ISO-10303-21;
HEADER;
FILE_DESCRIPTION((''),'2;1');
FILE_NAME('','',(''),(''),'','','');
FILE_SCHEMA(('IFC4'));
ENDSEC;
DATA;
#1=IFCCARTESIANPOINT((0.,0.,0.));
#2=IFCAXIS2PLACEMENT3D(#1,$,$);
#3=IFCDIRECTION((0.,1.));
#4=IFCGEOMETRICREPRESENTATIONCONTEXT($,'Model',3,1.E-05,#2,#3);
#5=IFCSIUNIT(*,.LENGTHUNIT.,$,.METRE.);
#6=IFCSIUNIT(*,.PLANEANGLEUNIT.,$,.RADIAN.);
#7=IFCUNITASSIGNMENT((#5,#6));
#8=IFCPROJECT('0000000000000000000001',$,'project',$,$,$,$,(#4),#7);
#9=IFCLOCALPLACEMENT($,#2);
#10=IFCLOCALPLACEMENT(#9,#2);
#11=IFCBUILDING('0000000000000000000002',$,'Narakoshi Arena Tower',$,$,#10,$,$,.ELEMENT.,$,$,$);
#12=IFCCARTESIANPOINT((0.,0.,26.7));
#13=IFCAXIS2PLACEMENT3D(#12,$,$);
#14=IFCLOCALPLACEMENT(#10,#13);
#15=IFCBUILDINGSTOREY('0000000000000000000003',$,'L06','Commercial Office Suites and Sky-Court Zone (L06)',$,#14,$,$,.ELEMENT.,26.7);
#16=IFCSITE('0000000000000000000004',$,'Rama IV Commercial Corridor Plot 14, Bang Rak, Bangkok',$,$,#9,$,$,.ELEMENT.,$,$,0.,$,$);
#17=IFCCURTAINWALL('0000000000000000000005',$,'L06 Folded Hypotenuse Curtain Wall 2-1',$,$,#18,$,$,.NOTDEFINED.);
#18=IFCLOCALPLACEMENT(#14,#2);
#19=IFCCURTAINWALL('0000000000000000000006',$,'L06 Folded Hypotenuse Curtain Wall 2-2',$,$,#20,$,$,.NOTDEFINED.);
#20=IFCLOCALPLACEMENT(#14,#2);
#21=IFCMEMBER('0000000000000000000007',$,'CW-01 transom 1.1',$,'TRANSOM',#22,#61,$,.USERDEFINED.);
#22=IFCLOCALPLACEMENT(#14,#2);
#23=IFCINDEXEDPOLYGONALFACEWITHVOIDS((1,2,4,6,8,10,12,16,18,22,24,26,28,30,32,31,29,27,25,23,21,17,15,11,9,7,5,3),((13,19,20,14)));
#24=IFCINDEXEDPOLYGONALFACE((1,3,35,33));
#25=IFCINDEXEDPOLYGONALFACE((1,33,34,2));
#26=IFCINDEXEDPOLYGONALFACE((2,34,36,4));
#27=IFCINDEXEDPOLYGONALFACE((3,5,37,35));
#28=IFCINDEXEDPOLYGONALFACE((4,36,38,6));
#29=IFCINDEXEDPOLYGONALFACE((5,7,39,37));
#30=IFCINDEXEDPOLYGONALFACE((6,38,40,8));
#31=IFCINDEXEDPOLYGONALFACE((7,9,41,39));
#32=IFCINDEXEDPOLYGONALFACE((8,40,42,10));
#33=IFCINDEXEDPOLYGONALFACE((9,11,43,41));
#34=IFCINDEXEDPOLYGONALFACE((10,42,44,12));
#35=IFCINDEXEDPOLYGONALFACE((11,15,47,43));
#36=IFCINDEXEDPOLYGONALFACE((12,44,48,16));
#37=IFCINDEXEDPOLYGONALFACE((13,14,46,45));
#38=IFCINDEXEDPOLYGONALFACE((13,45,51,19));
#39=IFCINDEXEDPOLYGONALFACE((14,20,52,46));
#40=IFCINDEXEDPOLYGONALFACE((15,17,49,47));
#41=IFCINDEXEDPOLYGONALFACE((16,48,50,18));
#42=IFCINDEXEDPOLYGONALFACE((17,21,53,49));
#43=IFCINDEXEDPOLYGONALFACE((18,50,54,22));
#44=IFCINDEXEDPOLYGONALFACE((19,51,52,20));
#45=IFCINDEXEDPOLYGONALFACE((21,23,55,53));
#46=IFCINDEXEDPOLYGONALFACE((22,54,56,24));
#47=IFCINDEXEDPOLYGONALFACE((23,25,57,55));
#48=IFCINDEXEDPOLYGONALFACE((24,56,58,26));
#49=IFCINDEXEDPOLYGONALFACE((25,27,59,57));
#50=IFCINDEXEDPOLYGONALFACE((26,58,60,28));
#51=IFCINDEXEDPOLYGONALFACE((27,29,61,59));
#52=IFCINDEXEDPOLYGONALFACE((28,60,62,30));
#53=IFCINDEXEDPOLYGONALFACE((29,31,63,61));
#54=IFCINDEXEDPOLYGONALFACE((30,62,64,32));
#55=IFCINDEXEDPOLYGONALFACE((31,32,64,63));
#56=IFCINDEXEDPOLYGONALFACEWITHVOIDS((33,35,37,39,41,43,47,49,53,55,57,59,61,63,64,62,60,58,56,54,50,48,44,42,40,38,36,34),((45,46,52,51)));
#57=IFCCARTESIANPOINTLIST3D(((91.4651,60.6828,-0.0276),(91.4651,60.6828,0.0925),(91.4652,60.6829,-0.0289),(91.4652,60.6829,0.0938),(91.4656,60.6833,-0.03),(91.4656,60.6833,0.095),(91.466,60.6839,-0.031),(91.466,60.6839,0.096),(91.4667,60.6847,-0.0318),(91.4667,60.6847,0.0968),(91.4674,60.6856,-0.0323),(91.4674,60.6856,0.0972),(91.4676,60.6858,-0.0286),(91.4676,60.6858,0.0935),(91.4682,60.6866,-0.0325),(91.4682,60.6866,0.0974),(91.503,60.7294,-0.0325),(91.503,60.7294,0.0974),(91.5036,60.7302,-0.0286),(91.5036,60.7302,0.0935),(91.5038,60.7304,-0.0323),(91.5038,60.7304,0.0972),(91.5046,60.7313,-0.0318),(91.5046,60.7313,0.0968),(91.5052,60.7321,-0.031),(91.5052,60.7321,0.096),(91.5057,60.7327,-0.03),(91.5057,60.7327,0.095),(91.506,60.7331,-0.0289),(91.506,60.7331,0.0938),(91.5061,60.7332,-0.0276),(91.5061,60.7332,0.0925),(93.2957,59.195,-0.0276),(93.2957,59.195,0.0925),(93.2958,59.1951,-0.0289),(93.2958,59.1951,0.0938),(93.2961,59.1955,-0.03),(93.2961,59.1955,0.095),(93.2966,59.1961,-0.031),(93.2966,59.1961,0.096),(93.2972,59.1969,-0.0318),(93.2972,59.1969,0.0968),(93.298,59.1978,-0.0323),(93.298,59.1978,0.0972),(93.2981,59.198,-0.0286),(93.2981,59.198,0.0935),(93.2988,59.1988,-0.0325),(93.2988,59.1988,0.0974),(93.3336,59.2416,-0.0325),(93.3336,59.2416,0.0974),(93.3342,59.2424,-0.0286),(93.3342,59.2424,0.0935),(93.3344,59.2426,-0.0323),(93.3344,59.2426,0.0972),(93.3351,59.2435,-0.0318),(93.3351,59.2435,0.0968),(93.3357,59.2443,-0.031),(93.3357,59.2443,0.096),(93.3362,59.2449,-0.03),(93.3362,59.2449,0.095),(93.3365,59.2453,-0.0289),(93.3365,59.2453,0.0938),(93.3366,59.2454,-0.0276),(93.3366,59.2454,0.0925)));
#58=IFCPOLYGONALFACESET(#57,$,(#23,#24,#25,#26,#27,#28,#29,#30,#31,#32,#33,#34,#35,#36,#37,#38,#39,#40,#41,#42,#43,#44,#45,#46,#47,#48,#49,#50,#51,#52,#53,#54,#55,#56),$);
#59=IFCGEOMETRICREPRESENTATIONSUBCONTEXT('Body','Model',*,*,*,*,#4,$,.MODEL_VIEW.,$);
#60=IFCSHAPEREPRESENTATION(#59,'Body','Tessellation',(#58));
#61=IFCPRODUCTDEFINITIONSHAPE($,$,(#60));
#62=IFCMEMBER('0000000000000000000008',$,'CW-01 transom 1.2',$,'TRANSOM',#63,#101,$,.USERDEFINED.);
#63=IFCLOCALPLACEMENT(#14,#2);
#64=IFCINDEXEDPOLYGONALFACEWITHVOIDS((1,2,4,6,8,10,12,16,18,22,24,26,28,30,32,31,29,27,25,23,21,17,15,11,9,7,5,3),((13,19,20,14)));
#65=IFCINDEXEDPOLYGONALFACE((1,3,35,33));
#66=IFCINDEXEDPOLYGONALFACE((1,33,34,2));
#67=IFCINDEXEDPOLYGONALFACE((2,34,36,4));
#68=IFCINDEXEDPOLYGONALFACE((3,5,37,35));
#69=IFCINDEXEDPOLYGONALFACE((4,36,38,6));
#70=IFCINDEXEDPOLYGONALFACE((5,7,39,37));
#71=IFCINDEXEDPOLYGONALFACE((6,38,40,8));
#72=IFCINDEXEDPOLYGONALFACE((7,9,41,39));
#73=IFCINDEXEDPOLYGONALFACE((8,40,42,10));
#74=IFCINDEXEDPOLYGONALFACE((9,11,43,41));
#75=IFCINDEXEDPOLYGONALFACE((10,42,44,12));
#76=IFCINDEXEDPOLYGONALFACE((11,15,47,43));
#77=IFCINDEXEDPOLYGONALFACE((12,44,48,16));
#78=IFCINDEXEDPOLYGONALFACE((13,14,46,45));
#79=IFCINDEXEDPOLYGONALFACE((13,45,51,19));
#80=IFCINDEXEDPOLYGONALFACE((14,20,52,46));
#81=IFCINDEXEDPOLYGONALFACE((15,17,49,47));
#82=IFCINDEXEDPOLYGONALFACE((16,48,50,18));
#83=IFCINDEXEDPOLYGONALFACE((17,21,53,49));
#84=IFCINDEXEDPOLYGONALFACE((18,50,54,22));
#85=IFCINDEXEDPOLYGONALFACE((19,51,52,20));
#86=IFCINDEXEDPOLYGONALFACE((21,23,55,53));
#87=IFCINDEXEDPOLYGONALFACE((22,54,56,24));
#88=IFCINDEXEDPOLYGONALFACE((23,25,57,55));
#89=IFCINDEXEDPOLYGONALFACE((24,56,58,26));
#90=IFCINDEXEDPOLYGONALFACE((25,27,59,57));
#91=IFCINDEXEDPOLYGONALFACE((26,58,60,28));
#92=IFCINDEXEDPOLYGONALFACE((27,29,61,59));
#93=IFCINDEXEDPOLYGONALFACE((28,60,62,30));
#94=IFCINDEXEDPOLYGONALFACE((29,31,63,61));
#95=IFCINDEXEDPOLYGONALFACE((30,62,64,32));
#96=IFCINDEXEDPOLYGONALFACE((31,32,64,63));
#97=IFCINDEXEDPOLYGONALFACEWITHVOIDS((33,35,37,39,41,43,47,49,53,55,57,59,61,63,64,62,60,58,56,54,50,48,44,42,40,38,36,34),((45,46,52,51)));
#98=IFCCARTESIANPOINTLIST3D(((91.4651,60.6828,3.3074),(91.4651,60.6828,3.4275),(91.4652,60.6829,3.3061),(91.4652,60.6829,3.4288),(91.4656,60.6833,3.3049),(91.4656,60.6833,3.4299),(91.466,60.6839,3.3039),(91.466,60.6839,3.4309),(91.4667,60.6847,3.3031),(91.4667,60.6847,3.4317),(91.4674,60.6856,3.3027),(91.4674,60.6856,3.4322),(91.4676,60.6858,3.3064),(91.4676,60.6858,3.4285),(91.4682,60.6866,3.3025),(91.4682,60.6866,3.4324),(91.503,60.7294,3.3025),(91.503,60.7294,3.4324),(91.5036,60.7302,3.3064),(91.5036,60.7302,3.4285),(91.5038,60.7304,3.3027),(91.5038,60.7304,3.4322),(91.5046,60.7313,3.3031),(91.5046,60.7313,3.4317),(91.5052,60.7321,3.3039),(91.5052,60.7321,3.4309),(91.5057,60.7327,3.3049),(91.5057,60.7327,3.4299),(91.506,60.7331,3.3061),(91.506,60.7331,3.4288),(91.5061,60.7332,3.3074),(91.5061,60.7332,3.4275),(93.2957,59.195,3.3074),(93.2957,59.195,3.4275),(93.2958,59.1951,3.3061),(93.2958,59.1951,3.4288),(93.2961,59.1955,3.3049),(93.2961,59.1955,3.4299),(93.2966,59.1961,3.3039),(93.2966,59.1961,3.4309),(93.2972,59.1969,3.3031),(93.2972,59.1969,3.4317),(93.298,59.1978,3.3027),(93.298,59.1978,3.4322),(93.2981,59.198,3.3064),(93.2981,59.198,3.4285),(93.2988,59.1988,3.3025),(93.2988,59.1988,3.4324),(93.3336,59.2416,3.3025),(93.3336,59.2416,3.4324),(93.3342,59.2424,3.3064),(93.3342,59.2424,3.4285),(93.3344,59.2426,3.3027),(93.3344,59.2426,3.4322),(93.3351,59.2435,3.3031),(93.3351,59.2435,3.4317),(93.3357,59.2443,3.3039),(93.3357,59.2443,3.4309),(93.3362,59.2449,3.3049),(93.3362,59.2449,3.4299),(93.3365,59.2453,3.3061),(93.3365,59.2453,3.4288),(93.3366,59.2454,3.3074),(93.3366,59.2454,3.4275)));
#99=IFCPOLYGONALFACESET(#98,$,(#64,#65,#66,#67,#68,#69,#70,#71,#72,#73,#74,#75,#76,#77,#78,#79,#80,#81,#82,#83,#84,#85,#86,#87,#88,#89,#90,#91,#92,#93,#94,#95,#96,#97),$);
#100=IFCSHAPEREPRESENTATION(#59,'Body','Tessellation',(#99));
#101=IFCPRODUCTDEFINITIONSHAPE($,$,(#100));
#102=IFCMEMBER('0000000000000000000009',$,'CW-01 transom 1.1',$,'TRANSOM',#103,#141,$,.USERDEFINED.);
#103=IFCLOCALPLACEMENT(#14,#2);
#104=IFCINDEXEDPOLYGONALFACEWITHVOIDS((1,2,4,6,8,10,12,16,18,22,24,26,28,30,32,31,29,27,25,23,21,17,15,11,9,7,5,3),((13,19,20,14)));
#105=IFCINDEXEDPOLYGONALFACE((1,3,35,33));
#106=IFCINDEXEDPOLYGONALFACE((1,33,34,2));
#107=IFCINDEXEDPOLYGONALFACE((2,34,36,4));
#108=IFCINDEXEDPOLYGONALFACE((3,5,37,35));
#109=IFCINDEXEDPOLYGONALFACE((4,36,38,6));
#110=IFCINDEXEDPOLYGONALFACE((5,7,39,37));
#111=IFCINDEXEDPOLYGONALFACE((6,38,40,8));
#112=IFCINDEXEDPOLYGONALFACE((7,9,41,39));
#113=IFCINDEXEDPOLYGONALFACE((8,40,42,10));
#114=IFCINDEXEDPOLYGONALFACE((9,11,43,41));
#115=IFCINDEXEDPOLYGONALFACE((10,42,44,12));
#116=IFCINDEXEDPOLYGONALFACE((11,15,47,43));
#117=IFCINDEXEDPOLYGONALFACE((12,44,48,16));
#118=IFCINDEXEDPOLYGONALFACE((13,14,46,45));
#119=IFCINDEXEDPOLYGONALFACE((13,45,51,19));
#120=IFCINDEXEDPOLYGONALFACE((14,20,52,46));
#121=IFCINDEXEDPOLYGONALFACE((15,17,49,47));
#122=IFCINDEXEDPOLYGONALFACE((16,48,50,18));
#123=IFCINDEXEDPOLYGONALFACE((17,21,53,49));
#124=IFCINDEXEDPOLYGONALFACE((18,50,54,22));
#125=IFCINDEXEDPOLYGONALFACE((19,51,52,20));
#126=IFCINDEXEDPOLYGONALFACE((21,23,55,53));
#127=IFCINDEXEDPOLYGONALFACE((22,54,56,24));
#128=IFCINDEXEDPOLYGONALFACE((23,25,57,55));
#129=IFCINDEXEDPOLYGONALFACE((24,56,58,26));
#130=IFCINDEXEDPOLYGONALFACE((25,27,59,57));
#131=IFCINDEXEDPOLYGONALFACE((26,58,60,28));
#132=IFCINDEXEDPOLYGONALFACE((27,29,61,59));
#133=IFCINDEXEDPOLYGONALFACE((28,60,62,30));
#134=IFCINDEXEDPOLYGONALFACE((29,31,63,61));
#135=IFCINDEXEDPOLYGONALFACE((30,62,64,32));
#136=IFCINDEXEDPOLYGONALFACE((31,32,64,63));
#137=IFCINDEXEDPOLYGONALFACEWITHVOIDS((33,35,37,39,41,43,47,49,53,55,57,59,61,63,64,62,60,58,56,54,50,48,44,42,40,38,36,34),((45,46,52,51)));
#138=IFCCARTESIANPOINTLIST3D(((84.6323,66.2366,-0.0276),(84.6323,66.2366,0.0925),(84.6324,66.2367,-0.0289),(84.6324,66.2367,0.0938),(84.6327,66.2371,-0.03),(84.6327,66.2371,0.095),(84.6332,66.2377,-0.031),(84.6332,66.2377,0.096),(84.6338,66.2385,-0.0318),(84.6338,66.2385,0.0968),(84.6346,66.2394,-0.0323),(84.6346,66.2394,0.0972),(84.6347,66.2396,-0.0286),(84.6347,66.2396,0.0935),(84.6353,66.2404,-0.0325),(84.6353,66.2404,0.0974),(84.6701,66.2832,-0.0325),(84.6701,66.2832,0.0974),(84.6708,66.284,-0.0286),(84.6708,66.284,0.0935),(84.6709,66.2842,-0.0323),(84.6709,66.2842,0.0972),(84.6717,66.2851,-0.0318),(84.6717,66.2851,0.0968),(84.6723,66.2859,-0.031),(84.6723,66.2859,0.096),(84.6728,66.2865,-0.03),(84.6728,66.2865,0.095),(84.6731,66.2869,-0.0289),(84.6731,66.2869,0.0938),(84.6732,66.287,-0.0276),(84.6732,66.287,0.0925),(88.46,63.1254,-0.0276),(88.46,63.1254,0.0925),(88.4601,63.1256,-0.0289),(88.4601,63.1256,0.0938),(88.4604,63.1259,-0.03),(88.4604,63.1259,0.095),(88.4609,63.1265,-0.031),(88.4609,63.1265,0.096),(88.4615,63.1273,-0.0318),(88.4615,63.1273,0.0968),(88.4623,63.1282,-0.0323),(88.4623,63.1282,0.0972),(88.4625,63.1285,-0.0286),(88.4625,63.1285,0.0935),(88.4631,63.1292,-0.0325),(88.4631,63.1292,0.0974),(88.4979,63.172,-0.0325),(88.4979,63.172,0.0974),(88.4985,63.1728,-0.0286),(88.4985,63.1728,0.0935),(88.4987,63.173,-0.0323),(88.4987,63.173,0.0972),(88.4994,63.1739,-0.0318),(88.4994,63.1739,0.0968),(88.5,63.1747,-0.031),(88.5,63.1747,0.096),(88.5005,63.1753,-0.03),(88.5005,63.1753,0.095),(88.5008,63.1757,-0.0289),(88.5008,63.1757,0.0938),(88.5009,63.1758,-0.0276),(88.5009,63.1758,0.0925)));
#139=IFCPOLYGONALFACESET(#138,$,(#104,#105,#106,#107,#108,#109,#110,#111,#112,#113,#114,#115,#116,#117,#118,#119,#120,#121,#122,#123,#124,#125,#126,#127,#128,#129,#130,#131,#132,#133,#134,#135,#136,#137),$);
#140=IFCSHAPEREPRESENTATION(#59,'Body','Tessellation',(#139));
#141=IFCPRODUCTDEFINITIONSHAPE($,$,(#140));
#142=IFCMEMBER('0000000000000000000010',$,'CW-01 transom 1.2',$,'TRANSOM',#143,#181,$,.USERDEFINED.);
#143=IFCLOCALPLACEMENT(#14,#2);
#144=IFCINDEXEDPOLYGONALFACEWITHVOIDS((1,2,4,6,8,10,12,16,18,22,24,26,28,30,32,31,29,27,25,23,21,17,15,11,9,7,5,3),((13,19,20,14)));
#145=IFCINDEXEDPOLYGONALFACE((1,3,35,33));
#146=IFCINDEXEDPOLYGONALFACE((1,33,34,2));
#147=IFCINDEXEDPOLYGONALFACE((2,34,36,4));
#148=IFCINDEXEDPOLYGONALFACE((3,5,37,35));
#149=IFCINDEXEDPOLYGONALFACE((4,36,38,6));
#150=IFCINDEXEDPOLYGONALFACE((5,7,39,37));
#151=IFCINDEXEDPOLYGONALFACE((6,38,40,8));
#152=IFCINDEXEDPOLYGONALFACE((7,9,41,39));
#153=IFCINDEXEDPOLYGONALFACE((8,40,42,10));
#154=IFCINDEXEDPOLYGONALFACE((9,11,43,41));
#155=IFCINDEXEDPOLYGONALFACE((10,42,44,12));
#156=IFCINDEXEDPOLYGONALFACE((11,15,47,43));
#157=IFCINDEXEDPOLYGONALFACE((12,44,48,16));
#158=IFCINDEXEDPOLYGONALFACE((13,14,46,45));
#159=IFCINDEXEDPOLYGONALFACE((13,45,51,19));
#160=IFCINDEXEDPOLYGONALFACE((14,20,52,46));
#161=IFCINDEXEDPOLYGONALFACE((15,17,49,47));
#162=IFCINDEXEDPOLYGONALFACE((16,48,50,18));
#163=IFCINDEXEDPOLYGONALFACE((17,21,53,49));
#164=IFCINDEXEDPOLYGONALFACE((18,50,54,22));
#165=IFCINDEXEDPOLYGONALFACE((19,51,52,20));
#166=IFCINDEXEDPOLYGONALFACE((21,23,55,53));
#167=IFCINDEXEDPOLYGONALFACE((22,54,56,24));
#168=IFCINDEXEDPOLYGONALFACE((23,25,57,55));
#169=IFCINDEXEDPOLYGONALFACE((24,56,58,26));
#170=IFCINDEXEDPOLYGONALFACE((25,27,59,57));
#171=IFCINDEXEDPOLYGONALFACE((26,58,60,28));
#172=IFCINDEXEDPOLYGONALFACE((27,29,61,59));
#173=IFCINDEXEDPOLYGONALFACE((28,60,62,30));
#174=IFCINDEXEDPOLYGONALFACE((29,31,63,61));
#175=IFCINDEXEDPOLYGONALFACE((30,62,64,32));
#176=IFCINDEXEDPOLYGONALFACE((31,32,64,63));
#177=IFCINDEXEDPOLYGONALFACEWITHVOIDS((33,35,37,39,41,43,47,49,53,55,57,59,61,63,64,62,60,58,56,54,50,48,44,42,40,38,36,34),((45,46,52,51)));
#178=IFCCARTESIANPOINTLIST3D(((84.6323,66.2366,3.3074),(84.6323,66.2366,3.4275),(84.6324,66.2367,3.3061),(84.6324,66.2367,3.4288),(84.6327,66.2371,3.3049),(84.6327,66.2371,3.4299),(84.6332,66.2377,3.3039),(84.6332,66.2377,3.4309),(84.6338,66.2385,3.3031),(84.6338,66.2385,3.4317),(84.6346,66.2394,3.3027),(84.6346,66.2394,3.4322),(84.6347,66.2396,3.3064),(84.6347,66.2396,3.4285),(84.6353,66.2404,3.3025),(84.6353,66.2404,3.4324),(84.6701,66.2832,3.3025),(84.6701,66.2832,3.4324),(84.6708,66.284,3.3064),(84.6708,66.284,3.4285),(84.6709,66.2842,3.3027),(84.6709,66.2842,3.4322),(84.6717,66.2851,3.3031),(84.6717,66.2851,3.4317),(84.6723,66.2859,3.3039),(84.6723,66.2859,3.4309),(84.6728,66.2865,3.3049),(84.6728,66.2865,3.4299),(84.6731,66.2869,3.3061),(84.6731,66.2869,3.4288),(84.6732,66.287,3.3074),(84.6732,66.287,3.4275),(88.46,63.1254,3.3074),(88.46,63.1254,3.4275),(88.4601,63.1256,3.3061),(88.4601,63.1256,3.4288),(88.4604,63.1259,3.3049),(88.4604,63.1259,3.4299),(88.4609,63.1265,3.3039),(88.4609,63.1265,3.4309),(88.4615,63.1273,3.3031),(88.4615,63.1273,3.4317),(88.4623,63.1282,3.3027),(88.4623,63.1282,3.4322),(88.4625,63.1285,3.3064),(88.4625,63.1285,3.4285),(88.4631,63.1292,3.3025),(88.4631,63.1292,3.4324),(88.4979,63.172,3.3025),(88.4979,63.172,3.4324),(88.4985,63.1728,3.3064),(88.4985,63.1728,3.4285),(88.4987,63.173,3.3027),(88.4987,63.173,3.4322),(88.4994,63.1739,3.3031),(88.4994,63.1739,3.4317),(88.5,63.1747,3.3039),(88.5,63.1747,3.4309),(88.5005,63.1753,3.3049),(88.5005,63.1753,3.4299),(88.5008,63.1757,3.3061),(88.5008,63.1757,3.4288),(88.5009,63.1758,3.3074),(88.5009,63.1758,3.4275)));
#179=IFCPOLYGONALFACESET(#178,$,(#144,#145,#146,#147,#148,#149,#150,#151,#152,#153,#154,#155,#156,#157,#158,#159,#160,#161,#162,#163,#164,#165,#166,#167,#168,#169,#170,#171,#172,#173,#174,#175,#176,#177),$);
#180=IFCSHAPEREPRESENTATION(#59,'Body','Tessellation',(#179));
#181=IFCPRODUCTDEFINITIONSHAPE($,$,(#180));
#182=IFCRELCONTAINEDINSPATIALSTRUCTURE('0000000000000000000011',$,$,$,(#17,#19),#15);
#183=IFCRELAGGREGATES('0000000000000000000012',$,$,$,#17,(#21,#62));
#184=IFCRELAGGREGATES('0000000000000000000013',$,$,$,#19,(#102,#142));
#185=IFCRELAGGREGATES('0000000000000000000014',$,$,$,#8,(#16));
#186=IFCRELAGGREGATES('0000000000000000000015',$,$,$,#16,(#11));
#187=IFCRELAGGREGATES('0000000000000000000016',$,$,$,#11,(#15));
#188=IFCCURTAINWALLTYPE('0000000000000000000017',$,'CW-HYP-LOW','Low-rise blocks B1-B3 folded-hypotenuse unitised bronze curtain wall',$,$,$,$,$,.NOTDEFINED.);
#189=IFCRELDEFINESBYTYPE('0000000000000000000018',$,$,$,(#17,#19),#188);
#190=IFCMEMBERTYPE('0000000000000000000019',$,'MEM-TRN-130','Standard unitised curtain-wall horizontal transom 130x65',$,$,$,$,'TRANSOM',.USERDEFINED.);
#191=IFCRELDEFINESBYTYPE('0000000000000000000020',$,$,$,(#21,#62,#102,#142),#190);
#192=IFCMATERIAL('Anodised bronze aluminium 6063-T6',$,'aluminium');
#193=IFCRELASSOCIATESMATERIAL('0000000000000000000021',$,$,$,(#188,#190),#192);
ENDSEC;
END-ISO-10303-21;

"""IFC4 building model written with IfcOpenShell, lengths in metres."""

from ifc_helpers import new_model, si_unit, direction, frame, origin, origin_2d, place, context, subcontext, project, spatial, hollow_rectangle, extrude, material, material_profile, profile_set, type_object, element, aggregate, save


model = new_model("IFC4")

# Units and contexts
model_context = context("Model", 3, precision=1e-05, world=origin(), true_north=direction((0.0, 1.0)))
body_context = subcontext(model_context, "Body", "Model", "MODEL_VIEW")
ifc_project = project(units=[si_unit("LENGTHUNIT", "METRE"), si_unit("PLANEANGLEUNIT", "RADIAN")], contexts=[model_context])

# Site, building, storey
site_placement = place(None, origin())
site = spatial("IfcSite", under=ifc_project, at=site_placement, Name="Rama IV Commercial Corridor Plot 14, Bang Rak, Bangkok", CompositionType="ELEMENT", RefElevation=0.0)
building_placement = place(site_placement, origin())
building = spatial("IfcBuilding", under=site, at=building_placement, Name="Narakoshi Arena Tower", CompositionType="ELEMENT")
storey_placement = place(building_placement, frame((0.0, 0.0, 26.7)))
storey = spatial("IfcBuildingStorey", under=building, at=storey_placement, Name="L06", Description="Commercial Office Suites and Sky-Court Zone (L06)", CompositionType="ELEMENT", Elevation=26.7)

# Curtain walls
ifc_material_1 = material(Name="Anodised bronze aluminium 6063-T6", Category="aluminium")
curtain_wall_type = type_object("IfcCurtainWallType", Name="CW-HYP-LOW", Description="Low-rise blocks B1-B3 folded-hypotenuse unitised bronze curtain wall", PredefinedType="NOTDEFINED", material=ifc_material_1)
curtain_wall_1_placement = place(storey_placement, origin())
curtain_wall_1 = element("IfcCurtainWall", 1, at=curtain_wall_1_placement, inside=storey, type_object=curtain_wall_type, Name="L06 Folded Hypotenuse Curtain Wall 2-1", PredefinedType="NOTDEFINED")
curtain_wall_2_placement = place(storey_placement, origin())
curtain_wall_2 = element("IfcCurtainWall", 2, at=curtain_wall_2_placement, inside=storey, type_object=curtain_wall_type, Name="L06 Folded Hypotenuse Curtain Wall 2-2", PredefinedType="NOTDEFINED")

# Members
ifc_material_profile_1 = material_profile(ifc_material_1, hollow_rectangle(XDim=0.0649, YDim=0.1299, WallThickness=0.0039, OuterFilletRadius=0.0049, at=origin_2d()), Name="TRN130x65x4")
ifc_profile_set_1 = profile_set([ifc_material_profile_1], Name="Anodised bronze aluminium 6063-T6")
member_type_1 = type_object("IfcMemberType", Name="MEM-TRN-130", Description="Standard unitised curtain-wall horizontal transom 130x65", ElementType="TRANSOM", PredefinedType="USERDEFINED", material=ifc_profile_set_1)
member_1_placement = place(storey_placement, frame((93.3162, 59.2202, 0.0325), z_axis=(-0.776019, 0.63071, 0.0), x_axis=(-0.63071, -0.776019, 0.0)))
member_1 = element("IfcMember", 3, at=member_1_placement, type_object=member_type_1, Name="CW-01 transom 1.1", ObjectType="TRANSOM", PredefinedType="USERDEFINED", context=body_context, shape_type="SweptSolid", body=[
    extrude(hollow_rectangle(XDim=0.0649, YDim=0.1299, WallThickness=0.0039, OuterFilletRadius=0.0049, at=origin_2d()), origin(), (0.0, 0.0, 1.0), 2.3589),
])
member_2_placement = place(storey_placement, frame((93.3162, 59.2202, 3.3674), z_axis=(-0.776019, 0.63071, 0.0), x_axis=(-0.63071, -0.776019, 0.0)))
member_2 = element("IfcMember", 4, at=member_2_placement, type_object=member_type_1, Name="CW-01 transom 1.2", ObjectType="TRANSOM", PredefinedType="USERDEFINED", context=body_context, shape_type="SweptSolid", body=[
    extrude(hollow_rectangle(XDim=0.0649, YDim=0.1299, WallThickness=0.0039, OuterFilletRadius=0.0049, at=origin_2d()), origin(), (0.0, 0.0, 1.0), 2.3589),
])
member_3_placement = place(storey_placement, frame((88.4805, 63.1506, 0.0325), z_axis=(-0.776002, 0.630731, 0.0), x_axis=(-0.630731, -0.776002, 0.0)))
member_3 = element("IfcMember", 5, at=member_3_placement, type_object=member_type_1, Name="CW-01 transom 1.1", ObjectType="TRANSOM", PredefinedType="USERDEFINED", context=body_context, shape_type="SweptSolid", body=[
    extrude(hollow_rectangle(XDim=0.0649, YDim=0.1299, WallThickness=0.0039, OuterFilletRadius=0.0049, at=origin_2d()), origin(), (0.0, 0.0, 1.0), 4.9326),
])
member_4_placement = place(storey_placement, frame((88.4805, 63.1506, 3.3674), z_axis=(-0.776002, 0.630731, 0.0), x_axis=(-0.630731, -0.776002, 0.0)))
member_4 = element("IfcMember", 6, at=member_4_placement, type_object=member_type_1, Name="CW-01 transom 1.2", ObjectType="TRANSOM", PredefinedType="USERDEFINED", context=body_context, shape_type="SweptSolid", body=[
    extrude(hollow_rectangle(XDim=0.0649, YDim=0.1299, WallThickness=0.0039, OuterFilletRadius=0.0049, at=origin_2d()), origin(), (0.0, 0.0, 1.0), 4.9326),
])

aggregate(curtain_wall_1, [member_1, member_2])
aggregate(curtain_wall_2, [member_3, member_4])

save(model, "model.ifc")
